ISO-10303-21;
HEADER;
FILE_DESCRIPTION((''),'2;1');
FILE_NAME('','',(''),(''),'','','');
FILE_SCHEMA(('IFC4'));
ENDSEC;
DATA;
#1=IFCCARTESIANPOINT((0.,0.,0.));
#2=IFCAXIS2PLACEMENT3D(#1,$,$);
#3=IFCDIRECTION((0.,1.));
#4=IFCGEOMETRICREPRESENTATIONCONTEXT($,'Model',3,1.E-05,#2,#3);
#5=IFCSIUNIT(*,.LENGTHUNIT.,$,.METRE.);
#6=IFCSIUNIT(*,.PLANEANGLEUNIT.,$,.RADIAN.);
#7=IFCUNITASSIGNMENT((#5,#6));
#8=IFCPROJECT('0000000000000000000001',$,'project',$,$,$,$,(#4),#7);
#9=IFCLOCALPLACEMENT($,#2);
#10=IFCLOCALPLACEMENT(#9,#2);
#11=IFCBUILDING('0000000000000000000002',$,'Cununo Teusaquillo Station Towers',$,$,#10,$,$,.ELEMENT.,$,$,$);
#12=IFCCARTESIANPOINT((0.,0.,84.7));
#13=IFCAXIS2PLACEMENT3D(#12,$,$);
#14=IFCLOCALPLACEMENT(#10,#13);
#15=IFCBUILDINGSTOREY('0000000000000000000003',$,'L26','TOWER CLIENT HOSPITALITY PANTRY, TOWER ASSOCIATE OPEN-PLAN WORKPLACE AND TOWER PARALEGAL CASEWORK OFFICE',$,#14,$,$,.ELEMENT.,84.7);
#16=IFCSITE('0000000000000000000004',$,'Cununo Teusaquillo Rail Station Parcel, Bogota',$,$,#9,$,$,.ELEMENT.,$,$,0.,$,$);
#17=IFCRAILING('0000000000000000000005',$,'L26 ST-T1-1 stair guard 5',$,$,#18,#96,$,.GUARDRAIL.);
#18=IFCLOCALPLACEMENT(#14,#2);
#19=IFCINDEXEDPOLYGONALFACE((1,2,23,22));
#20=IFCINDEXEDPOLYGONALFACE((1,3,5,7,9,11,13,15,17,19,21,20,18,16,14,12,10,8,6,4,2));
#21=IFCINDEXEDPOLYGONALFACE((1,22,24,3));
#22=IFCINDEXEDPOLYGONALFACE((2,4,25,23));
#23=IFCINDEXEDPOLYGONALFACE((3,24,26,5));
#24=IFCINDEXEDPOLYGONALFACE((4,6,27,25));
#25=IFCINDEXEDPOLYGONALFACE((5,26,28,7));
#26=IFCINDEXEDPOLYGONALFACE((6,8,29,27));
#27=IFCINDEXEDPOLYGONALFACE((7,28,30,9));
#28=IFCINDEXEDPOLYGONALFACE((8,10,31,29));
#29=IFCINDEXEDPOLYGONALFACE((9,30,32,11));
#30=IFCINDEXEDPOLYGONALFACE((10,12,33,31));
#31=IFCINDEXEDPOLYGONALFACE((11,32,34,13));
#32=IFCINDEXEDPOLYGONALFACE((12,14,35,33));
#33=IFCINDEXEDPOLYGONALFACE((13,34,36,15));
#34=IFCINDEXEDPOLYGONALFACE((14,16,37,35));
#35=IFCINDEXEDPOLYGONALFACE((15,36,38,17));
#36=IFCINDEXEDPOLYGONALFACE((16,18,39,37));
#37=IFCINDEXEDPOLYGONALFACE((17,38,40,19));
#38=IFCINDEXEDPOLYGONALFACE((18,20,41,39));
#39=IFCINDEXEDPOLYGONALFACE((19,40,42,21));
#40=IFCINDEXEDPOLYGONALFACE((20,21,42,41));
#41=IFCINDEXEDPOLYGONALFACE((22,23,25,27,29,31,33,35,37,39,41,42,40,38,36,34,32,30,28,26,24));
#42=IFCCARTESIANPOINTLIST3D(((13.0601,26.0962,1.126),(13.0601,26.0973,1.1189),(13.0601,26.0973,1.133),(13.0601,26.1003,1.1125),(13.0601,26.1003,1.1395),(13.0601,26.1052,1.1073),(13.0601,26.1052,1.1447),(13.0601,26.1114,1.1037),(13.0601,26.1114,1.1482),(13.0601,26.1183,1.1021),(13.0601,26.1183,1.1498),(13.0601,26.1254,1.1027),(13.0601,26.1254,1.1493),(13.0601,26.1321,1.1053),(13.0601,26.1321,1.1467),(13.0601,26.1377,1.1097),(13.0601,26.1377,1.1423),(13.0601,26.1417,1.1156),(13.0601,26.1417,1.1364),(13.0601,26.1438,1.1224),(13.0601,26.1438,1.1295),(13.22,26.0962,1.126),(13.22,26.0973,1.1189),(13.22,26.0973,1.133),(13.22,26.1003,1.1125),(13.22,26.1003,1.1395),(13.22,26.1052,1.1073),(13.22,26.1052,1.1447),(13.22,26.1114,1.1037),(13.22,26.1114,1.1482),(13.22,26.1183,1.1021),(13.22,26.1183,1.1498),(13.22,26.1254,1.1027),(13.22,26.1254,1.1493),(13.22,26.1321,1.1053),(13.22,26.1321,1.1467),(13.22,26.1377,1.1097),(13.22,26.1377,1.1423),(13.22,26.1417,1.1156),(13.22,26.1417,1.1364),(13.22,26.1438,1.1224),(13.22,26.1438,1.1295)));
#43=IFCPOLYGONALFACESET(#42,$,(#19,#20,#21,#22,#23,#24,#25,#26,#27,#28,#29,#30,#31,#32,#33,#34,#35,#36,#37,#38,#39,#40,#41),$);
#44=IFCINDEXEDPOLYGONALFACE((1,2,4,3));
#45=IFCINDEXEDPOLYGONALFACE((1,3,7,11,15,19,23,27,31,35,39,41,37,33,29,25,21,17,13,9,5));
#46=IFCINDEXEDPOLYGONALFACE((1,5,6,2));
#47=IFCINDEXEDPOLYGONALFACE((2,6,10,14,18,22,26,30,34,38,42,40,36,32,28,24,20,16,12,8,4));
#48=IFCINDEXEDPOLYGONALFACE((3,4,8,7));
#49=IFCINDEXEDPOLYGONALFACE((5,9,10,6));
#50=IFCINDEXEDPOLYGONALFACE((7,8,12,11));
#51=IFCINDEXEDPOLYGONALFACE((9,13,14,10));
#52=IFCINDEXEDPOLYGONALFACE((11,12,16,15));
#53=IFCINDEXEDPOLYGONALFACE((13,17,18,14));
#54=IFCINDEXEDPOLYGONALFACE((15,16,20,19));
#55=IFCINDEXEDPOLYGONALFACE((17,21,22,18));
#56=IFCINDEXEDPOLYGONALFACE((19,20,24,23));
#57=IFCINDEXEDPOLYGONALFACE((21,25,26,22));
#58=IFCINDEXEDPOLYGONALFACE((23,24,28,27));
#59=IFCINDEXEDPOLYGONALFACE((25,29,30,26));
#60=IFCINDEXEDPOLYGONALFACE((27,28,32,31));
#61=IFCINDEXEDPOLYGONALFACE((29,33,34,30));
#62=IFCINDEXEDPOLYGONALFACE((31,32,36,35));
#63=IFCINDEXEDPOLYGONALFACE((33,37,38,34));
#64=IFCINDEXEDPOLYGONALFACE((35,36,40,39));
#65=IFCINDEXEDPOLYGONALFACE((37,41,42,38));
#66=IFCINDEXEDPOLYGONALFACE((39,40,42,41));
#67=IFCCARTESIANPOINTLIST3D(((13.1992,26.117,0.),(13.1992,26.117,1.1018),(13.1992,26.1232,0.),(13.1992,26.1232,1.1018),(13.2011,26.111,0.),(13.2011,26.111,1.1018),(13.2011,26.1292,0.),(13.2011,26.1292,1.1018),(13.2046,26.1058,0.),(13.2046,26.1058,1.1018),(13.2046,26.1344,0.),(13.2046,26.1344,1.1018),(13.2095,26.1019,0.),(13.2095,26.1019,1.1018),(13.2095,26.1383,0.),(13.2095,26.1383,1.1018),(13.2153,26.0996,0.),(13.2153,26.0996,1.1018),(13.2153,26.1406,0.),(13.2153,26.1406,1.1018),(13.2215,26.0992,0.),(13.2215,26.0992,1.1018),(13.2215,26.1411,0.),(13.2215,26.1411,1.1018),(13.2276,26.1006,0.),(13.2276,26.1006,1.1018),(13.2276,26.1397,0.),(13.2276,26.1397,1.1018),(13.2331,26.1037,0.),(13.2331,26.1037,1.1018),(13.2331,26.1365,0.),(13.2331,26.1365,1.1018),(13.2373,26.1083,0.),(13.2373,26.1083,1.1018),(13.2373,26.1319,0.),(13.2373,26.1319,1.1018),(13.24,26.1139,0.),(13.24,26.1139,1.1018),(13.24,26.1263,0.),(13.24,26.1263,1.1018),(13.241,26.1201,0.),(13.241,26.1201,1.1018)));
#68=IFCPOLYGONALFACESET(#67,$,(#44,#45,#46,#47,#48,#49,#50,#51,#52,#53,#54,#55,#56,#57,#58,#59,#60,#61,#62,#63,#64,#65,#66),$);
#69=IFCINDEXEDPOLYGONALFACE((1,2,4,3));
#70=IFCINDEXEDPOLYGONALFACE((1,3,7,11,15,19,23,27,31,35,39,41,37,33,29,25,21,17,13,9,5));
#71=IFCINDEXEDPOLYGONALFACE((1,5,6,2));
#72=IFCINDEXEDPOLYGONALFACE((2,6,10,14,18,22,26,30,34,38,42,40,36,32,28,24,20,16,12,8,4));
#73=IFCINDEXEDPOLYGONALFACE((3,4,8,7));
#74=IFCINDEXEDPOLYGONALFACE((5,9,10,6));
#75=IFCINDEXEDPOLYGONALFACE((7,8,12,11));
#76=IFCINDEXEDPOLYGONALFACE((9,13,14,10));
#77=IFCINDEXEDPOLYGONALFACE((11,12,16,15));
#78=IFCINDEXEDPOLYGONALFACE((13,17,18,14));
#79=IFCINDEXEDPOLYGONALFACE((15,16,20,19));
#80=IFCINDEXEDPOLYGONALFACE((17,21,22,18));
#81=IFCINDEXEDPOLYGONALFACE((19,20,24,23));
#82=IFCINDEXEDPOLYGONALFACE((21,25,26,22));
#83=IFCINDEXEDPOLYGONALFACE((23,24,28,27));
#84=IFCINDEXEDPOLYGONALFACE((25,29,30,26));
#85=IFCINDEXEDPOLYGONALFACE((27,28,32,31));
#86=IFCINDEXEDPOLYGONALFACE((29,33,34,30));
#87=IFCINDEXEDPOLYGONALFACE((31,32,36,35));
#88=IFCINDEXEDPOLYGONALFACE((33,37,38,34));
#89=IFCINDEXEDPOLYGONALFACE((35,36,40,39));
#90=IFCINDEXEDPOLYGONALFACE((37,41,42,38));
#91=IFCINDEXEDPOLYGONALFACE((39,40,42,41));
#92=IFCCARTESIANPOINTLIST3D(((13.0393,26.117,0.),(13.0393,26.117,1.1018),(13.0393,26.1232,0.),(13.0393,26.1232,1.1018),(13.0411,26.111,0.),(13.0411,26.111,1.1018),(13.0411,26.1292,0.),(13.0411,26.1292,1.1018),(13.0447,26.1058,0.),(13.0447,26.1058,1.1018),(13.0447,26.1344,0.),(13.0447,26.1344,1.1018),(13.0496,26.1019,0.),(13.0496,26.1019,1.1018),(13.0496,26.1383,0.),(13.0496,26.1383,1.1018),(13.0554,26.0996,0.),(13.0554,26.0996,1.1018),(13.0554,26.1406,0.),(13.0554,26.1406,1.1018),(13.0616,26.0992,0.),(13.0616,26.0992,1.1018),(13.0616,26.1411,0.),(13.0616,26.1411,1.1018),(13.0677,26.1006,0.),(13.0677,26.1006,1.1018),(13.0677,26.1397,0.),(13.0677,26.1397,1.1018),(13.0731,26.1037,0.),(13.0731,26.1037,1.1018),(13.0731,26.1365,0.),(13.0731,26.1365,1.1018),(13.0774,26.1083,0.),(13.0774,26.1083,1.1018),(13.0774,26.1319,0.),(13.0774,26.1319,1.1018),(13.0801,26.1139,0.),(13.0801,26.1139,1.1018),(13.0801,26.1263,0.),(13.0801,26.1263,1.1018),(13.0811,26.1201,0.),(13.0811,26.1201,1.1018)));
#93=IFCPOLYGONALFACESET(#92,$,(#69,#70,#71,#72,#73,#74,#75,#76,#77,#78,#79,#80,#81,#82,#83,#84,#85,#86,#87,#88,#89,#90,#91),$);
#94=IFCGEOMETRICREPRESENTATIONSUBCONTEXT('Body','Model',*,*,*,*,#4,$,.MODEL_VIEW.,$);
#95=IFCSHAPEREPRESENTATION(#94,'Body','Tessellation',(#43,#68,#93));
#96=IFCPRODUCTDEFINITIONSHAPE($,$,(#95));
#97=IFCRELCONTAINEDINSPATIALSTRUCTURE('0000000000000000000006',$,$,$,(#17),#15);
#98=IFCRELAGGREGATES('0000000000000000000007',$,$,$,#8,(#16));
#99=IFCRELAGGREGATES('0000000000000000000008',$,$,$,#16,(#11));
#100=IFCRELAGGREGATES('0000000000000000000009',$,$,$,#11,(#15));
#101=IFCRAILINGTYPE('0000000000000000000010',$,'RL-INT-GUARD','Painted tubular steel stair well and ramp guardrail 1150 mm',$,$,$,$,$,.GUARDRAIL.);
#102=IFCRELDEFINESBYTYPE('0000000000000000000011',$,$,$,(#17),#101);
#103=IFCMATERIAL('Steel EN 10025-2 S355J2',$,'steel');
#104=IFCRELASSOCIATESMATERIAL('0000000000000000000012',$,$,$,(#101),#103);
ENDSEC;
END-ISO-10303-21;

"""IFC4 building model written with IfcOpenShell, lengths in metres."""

from ifc_helpers import new_model, si_unit, direction, frame, origin, origin_2d, place, context, subcontext, project, spatial, circle, extrude, material, type_object, element, save


model = new_model("IFC4")

# Units and contexts
model_context = context("Model", 3, precision=1e-05, world=origin(), true_north=direction((0.0, 1.0)))
body_context = subcontext(model_context, "Body", "Model", "MODEL_VIEW")
ifc_project = project(units=[si_unit("LENGTHUNIT", "METRE"), si_unit("PLANEANGLEUNIT", "RADIAN")], contexts=[model_context])

# Site, building, storey
site_placement = place(None, origin())
site = spatial("IfcSite", under=ifc_project, at=site_placement, Name="Cununo Teusaquillo Rail Station Parcel, Bogota", CompositionType="ELEMENT", RefElevation=0.0)
building_placement = place(site_placement, origin())
building = spatial("IfcBuilding", under=site, at=building_placement, Name="Cununo Teusaquillo Station Towers", CompositionType="ELEMENT")
storey_placement = place(building_placement, frame((0.0, 0.0, 84.7)))
storey = spatial("IfcBuildingStorey", under=building, at=storey_placement, Name="L26", Description="TOWER CLIENT HOSPITALITY PANTRY, TOWER ASSOCIATE OPEN-PLAN WORKPLACE AND TOWER PARALEGAL CASEWORK OFFICE", CompositionType="ELEMENT", Elevation=84.7)

# Railing
ifc_material_1 = material(Name="Steel EN 10025-2 S355J2", Category="steel")
railing_type_1 = type_object("IfcRailingType", Name="RL-INT-GUARD", Description="Painted tubular steel stair well and ramp guardrail 1150 mm", PredefinedType="GUARDRAIL", material=ifc_material_1)
railing_1_placement = place(storey_placement, frame((13.22, 26.1201, 0.0)))
element("IfcRailing", 1, at=railing_1_placement, inside=storey, type_object=railing_type_1, Name="L26 ST-T1-1 stair guard 5", PredefinedType="GUARDRAIL", context=body_context, shape_type="SweptSolid", body=[
    extrude(circle(Radius=0.0239, at=origin_2d()), frame((0.0, 0.0, 1.126), z_axis=(-1.0, 0.0, 0.0), x_axis=(0.0, -1.0, 0.0)), (0.0, 0.0, 1.0), 0.1599),
    extrude(circle(Radius=0.021, at=origin_2d()), origin(), (0.0, 0.0, 1.0), 1.1018),
    extrude(circle(Radius=0.021, at=origin_2d()), frame((-0.1599, 0.0, 0.0)), (0.0, 0.0, 1.0), 1.1018),
])

save(model, "model.ifc")
